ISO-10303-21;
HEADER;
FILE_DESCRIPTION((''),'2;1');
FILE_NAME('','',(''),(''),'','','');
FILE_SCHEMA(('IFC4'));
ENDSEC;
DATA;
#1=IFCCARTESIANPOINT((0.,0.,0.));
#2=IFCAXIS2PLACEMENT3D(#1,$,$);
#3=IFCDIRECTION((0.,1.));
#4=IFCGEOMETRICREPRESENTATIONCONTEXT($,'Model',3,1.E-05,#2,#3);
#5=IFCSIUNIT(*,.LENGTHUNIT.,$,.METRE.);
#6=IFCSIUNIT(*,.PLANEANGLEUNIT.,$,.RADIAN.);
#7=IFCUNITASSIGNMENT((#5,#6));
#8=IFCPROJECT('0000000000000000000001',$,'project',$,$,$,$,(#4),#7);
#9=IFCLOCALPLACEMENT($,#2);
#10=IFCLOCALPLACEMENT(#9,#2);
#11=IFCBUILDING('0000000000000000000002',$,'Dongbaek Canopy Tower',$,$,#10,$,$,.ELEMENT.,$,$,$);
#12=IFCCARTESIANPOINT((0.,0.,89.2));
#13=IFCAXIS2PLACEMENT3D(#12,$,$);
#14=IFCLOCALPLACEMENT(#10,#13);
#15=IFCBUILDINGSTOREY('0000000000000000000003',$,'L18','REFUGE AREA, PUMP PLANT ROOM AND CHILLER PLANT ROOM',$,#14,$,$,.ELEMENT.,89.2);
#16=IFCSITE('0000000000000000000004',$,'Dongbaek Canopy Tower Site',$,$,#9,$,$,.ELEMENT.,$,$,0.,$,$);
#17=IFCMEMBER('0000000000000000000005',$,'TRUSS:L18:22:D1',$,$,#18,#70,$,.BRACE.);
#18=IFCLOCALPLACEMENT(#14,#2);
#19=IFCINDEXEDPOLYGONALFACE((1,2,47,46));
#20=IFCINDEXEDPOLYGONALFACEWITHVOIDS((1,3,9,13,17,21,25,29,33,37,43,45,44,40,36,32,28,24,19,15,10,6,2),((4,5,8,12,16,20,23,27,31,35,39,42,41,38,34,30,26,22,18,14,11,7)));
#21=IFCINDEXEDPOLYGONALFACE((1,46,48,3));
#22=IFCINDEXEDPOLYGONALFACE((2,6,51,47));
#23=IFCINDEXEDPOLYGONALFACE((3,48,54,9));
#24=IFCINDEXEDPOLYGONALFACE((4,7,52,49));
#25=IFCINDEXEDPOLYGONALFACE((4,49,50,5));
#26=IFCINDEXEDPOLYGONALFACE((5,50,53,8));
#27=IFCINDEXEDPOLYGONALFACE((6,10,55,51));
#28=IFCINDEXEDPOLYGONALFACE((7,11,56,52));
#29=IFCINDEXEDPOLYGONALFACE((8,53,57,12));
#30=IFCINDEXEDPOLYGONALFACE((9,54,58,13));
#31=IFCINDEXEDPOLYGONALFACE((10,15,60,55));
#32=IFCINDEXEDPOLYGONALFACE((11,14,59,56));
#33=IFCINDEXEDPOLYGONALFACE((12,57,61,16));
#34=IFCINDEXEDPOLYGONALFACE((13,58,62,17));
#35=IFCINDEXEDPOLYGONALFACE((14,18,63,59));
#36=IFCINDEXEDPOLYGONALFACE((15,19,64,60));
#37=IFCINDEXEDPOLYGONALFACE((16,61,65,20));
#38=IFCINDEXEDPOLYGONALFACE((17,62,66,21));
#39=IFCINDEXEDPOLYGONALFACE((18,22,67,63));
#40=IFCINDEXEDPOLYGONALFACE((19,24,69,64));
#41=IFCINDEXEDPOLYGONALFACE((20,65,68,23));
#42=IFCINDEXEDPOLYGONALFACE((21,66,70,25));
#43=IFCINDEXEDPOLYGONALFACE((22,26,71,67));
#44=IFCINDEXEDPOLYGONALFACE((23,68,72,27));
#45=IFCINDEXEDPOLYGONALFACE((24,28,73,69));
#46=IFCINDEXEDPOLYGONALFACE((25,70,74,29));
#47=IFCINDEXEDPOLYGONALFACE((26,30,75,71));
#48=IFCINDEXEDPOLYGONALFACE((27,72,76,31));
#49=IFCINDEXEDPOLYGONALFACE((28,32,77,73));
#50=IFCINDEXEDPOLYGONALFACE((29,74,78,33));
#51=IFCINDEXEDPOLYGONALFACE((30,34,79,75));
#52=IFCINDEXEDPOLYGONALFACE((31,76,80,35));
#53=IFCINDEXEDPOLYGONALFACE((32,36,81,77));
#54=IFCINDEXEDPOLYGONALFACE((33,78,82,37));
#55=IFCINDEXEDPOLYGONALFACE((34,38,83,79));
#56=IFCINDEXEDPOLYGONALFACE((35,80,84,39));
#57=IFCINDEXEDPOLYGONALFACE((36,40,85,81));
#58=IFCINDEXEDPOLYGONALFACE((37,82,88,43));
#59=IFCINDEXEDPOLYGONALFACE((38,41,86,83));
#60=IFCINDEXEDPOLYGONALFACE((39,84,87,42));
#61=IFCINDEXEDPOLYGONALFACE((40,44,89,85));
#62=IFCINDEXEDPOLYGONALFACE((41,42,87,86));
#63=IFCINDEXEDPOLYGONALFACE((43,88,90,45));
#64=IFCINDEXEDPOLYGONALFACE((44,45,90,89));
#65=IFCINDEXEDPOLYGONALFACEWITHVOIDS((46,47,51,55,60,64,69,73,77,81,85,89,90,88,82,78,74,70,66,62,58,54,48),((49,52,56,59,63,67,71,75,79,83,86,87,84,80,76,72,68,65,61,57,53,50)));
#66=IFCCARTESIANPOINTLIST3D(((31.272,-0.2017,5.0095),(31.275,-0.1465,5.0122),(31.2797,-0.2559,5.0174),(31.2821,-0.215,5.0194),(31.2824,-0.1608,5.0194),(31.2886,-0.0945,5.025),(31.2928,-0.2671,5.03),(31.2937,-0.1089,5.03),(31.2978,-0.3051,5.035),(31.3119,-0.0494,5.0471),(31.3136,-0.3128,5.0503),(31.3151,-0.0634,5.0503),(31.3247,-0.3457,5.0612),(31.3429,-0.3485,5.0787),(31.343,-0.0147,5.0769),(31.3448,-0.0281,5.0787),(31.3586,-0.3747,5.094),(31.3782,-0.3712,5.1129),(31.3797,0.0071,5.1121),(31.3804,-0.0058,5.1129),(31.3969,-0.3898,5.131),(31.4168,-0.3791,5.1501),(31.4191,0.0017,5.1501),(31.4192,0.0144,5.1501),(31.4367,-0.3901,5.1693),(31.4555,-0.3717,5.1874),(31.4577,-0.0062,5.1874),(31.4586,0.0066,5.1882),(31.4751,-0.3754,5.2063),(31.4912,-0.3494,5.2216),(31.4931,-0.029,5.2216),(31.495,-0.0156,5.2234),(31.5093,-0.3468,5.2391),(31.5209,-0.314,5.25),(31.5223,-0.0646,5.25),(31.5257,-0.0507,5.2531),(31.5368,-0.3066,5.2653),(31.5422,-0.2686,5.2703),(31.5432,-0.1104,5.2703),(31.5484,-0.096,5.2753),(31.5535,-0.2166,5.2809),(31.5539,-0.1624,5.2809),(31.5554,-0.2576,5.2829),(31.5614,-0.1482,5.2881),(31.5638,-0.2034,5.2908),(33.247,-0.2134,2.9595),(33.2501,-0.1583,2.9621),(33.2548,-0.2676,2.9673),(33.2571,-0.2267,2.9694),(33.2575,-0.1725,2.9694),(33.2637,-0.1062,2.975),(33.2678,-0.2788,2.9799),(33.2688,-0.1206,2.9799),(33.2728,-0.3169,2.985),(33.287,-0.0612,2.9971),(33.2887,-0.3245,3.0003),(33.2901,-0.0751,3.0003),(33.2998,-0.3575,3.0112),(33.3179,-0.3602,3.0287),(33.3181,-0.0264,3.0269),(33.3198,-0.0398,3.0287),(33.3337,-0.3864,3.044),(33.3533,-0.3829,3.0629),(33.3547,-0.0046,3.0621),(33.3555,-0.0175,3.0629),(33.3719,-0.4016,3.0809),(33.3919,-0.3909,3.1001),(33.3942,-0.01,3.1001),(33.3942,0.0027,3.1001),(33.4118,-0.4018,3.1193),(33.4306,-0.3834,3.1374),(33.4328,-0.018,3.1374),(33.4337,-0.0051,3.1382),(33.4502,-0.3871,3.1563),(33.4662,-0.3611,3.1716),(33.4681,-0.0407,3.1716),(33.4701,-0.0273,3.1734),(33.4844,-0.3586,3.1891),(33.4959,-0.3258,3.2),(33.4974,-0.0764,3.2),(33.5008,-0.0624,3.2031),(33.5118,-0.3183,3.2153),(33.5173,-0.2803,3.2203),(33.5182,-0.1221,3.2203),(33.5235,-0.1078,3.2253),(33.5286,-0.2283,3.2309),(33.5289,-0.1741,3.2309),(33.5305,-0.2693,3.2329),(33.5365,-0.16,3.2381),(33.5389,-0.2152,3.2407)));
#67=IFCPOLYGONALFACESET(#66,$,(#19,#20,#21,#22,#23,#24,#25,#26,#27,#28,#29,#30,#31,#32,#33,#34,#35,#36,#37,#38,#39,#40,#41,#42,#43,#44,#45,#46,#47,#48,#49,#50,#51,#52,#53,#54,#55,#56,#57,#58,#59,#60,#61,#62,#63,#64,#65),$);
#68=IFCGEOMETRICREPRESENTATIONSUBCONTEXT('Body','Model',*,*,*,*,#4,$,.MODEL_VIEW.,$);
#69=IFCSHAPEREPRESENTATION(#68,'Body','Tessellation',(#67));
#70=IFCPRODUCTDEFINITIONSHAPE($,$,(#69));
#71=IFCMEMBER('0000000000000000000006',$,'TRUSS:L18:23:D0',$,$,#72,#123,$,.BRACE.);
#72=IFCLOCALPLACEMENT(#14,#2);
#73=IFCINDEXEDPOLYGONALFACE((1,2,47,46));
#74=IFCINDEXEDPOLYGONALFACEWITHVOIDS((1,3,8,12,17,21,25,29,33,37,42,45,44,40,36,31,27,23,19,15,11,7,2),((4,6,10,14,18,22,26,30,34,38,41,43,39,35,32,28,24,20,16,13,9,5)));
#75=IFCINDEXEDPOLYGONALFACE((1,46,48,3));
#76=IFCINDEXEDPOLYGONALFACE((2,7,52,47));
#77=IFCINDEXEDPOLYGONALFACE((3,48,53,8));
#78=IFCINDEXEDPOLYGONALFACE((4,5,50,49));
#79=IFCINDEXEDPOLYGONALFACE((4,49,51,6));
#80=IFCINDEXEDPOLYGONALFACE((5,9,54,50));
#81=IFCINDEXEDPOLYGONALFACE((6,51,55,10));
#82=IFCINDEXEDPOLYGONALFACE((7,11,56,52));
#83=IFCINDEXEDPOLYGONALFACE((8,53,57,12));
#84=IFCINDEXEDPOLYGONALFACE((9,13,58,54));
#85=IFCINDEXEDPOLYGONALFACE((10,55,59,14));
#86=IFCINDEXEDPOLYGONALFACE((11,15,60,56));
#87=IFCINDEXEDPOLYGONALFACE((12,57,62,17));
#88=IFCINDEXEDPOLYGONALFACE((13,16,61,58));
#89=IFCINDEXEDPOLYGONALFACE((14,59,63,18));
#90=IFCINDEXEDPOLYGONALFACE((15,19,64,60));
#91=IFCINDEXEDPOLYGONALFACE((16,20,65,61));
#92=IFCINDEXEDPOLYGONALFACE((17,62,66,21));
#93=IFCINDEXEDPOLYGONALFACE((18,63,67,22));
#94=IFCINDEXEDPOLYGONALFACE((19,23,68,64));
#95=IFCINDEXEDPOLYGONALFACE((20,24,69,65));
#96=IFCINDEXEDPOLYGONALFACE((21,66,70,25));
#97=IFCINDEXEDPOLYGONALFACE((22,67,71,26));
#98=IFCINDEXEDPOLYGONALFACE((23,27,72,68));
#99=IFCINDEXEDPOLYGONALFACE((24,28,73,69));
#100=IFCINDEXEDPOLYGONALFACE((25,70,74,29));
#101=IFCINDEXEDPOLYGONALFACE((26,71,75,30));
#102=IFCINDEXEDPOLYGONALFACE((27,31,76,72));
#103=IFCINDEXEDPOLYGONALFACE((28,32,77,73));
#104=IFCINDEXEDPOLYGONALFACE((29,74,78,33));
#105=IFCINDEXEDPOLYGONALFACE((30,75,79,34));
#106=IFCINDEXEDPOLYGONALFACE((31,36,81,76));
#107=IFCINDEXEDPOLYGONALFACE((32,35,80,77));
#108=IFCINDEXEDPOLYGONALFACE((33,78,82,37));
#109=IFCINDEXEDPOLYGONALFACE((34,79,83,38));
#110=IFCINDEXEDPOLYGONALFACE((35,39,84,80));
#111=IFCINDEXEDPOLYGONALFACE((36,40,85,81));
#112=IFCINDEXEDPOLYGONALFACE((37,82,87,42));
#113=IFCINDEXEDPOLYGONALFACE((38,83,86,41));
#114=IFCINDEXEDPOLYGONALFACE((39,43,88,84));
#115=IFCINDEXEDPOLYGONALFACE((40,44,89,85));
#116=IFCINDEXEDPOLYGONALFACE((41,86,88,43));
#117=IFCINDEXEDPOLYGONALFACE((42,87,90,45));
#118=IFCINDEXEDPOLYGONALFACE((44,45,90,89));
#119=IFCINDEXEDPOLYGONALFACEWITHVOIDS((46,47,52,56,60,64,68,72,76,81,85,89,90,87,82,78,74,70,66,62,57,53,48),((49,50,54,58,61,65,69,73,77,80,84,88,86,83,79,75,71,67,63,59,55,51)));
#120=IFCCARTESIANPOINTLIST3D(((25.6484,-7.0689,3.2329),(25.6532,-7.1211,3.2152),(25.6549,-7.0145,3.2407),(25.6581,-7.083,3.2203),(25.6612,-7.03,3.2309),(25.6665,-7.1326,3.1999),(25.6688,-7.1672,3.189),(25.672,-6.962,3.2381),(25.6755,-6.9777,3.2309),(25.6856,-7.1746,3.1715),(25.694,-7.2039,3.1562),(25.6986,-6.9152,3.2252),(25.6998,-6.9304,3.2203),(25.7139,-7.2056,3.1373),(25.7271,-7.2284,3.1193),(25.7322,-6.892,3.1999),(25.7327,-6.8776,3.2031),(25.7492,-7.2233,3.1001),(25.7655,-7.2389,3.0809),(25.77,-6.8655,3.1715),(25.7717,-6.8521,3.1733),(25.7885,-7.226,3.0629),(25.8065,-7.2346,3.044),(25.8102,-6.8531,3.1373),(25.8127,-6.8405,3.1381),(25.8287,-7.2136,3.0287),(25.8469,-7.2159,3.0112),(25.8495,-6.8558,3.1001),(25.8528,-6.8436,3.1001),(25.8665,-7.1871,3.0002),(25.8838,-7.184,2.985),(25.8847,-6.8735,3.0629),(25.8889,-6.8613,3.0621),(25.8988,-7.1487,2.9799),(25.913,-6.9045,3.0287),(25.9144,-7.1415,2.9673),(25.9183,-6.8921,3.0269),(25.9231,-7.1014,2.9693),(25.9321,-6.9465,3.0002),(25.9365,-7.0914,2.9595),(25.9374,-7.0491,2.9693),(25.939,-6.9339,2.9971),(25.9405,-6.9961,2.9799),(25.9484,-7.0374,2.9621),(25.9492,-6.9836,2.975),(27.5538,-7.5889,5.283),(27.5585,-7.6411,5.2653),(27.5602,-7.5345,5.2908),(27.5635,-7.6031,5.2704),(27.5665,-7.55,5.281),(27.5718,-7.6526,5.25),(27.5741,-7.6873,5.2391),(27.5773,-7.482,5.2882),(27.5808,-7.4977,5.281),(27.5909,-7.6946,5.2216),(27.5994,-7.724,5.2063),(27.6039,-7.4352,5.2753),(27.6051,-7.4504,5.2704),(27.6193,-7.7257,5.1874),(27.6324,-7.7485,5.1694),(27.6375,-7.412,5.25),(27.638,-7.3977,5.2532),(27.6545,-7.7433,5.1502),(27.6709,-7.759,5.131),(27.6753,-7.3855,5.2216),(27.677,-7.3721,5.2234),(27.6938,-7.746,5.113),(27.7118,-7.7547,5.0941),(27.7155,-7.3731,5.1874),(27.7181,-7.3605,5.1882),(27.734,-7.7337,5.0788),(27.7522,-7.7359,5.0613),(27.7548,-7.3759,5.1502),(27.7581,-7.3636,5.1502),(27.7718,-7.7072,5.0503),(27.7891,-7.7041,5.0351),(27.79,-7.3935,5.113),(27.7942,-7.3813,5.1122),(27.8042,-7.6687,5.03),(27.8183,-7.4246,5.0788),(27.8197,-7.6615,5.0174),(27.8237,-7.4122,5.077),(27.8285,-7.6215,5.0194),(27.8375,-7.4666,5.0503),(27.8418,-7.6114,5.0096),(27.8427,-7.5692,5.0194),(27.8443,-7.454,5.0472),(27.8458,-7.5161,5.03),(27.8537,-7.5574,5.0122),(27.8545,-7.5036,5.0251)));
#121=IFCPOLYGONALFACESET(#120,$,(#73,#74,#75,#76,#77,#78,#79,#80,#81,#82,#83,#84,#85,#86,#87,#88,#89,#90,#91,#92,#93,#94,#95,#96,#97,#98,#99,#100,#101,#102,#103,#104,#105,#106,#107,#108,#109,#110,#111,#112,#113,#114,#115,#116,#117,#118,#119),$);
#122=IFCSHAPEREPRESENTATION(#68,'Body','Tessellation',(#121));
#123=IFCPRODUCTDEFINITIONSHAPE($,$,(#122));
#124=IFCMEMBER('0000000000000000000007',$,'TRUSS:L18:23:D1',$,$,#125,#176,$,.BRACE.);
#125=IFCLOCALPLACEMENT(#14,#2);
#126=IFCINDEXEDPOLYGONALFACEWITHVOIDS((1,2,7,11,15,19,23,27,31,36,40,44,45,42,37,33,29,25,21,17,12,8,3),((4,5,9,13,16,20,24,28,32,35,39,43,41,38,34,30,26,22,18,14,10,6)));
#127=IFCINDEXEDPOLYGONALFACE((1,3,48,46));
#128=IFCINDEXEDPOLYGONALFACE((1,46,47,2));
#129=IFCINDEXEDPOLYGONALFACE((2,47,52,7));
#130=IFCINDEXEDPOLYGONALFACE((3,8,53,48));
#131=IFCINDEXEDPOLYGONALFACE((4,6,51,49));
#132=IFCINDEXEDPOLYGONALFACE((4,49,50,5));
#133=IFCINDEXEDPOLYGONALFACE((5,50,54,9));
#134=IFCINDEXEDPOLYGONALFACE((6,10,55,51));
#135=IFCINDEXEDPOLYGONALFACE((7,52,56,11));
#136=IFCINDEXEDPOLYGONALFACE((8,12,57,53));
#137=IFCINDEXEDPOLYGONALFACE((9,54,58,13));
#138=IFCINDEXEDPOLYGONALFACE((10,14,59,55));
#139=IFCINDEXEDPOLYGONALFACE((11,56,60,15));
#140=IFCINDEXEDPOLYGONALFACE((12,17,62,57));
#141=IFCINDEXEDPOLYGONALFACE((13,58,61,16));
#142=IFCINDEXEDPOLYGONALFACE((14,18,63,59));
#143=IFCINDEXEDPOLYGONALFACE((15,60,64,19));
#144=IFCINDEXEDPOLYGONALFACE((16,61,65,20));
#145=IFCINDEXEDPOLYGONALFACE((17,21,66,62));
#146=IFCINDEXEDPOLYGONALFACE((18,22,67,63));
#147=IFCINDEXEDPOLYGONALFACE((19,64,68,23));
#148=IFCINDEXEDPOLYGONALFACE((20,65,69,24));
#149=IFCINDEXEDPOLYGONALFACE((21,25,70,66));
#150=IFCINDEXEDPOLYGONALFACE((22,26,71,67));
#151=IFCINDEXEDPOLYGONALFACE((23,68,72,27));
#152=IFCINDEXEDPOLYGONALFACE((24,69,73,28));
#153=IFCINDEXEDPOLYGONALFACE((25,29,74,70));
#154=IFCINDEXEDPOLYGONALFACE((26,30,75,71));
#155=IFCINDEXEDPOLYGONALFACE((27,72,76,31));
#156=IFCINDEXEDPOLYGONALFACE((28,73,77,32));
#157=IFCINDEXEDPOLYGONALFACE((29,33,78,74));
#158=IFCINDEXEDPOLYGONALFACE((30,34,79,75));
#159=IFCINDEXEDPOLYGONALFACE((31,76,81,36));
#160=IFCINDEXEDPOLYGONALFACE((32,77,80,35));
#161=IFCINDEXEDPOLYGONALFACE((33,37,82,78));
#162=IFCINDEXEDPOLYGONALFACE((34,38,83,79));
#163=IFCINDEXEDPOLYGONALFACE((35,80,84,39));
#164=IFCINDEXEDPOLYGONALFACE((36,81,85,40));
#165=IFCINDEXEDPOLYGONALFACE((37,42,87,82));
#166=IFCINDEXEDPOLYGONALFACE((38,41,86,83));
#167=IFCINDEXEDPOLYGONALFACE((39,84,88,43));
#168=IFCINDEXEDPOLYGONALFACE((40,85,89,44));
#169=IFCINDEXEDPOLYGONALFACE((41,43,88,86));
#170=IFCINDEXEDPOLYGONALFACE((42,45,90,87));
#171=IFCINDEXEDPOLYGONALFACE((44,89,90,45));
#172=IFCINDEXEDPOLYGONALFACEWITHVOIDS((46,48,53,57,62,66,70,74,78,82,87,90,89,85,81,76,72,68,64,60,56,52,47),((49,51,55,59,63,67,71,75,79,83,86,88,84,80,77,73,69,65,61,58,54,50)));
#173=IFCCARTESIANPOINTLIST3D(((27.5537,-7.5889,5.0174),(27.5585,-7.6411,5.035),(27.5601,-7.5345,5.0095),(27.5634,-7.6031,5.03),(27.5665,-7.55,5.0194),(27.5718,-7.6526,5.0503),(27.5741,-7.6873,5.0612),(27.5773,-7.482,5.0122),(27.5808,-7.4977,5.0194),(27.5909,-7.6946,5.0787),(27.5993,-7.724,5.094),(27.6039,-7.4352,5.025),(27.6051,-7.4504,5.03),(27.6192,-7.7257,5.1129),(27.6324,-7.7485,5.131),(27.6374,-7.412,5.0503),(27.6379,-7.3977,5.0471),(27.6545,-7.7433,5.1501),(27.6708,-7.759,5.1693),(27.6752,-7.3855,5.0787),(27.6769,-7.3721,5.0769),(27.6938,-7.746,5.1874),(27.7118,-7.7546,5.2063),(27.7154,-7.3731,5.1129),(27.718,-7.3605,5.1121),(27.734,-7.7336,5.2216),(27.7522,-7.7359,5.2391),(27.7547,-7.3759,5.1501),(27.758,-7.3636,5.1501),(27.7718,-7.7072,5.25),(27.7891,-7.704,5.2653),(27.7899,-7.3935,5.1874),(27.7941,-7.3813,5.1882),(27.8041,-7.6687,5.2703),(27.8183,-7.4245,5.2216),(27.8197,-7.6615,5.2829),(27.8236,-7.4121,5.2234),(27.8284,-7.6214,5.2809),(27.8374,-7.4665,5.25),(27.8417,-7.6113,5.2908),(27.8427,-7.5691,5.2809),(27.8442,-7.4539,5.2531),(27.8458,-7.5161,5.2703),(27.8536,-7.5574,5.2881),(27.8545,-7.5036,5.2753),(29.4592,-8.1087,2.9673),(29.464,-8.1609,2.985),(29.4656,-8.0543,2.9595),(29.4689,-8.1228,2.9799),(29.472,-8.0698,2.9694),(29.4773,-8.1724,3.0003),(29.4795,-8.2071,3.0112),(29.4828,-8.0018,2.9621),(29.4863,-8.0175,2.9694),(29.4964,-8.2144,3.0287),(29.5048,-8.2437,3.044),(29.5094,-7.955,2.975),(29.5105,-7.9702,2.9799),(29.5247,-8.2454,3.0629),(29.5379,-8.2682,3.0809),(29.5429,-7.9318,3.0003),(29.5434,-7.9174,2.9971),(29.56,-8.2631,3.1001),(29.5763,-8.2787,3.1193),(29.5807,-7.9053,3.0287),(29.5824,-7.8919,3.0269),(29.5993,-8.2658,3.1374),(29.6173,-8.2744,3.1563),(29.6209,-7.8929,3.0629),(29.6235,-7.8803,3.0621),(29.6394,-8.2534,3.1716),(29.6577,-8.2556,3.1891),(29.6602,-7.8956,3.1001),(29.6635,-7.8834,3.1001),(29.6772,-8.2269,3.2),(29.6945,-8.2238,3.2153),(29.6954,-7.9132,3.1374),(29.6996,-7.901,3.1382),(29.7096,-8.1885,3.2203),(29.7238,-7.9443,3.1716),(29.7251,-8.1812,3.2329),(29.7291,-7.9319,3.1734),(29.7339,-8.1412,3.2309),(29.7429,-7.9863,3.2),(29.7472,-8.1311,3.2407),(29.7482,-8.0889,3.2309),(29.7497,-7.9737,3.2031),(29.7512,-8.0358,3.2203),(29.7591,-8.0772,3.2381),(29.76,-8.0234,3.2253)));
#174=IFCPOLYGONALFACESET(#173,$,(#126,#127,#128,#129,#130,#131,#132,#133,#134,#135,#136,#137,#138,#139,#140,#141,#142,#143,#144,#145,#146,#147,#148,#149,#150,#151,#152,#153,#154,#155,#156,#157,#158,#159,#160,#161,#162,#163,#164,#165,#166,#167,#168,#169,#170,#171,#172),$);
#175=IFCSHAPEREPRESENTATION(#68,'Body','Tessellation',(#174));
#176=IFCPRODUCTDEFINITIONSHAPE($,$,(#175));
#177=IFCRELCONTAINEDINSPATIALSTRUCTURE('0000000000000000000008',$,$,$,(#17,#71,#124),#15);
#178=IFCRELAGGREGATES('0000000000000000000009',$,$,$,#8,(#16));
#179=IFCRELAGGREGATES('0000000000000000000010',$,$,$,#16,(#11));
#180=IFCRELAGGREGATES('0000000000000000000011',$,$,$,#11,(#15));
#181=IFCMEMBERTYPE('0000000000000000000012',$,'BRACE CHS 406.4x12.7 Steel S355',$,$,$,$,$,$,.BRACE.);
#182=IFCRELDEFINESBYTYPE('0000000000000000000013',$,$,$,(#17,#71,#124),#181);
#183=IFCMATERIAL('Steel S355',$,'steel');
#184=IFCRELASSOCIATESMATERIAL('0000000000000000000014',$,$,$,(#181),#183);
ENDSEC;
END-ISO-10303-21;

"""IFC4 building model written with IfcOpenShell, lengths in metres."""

from ifc_helpers import new_model, si_unit, direction, frame, origin, origin_2d, place, context, subcontext, project, spatial, hollow_circle, extrude, material, material_profile, profile_set, type_object, element, save


model = new_model("IFC4")

# Units and contexts
model_context = context("Model", 3, precision=1e-05, world=origin(), true_north=direction((0.0, 1.0)))
body_context = subcontext(model_context, "Body", "Model", "MODEL_VIEW")
ifc_project = project(units=[si_unit("LENGTHUNIT", "METRE"), si_unit("PLANEANGLEUNIT", "RADIAN")], contexts=[model_context])

# Site, building, storey
site_placement = place(None, origin())
site = spatial("IfcSite", under=ifc_project, at=site_placement, Name="Dongbaek Canopy Tower Site", CompositionType="ELEMENT", RefElevation=0.0)
building_placement = place(site_placement, origin())
building = spatial("IfcBuilding", under=site, at=building_placement, Name="Dongbaek Canopy Tower", CompositionType="ELEMENT")
storey_placement = place(building_placement, frame((0.0, 0.0, 89.2)))
storey = spatial("IfcBuildingStorey", under=building, at=storey_placement, Name="L18", Description="REFUGE AREA, PUMP PLANT ROOM AND CHILLER PLANT ROOM", CompositionType="ELEMENT", Elevation=89.2)

# Members
ifc_material_1 = material(Name="Steel S355", Category="steel")
ifc_material_profile_1 = material_profile(ifc_material_1, hollow_circle(Radius=0.2031, WallThickness=0.0127, at=origin_2d()), Name="BRACE CHS 406.4x12.7 Steel S355")
ifc_profile_set_1 = profile_set([ifc_material_profile_1], Name="Steel S355")
member_type_1 = type_object("IfcMemberType", Name="BRACE CHS 406.4x12.7 Steel S355", PredefinedType="BRACE", material=ifc_profile_set_1)
for number, where, z_axis, x_axis, name in (
    (1, (31.418, -0.1887, 5.1501), (0.693814, -0.004117, -0.720143), (0.005933, 0.999982, 0.0), "TRUSS:L18:22:D1"),
    (2, (25.7993, -7.0396, 3.1001), (0.669313, -0.18268, 0.720172), (0.263306, 0.964712, 0.0), "TRUSS:L18:23:D0"),
    (3, (27.7046, -7.5596, 5.1501), (0.669371, -0.182587, -0.720142), (0.263159, 0.964752, 0.0), "TRUSS:L18:23:D1"),
):
    element("IfcMember", number, at=place(storey_placement, frame(where, z_axis=z_axis, x_axis=x_axis)), inside=storey, type_object=member_type_1, Name=name, PredefinedType="BRACE", context=body_context, shape_type="SweptSolid", body=[
        extrude(hollow_circle(Radius=0.2031, WallThickness=0.0127, at=origin_2d()), origin(), (0.0, 0.0, 1.0), 2.8467),
    ])

save(model, "model.ifc")
